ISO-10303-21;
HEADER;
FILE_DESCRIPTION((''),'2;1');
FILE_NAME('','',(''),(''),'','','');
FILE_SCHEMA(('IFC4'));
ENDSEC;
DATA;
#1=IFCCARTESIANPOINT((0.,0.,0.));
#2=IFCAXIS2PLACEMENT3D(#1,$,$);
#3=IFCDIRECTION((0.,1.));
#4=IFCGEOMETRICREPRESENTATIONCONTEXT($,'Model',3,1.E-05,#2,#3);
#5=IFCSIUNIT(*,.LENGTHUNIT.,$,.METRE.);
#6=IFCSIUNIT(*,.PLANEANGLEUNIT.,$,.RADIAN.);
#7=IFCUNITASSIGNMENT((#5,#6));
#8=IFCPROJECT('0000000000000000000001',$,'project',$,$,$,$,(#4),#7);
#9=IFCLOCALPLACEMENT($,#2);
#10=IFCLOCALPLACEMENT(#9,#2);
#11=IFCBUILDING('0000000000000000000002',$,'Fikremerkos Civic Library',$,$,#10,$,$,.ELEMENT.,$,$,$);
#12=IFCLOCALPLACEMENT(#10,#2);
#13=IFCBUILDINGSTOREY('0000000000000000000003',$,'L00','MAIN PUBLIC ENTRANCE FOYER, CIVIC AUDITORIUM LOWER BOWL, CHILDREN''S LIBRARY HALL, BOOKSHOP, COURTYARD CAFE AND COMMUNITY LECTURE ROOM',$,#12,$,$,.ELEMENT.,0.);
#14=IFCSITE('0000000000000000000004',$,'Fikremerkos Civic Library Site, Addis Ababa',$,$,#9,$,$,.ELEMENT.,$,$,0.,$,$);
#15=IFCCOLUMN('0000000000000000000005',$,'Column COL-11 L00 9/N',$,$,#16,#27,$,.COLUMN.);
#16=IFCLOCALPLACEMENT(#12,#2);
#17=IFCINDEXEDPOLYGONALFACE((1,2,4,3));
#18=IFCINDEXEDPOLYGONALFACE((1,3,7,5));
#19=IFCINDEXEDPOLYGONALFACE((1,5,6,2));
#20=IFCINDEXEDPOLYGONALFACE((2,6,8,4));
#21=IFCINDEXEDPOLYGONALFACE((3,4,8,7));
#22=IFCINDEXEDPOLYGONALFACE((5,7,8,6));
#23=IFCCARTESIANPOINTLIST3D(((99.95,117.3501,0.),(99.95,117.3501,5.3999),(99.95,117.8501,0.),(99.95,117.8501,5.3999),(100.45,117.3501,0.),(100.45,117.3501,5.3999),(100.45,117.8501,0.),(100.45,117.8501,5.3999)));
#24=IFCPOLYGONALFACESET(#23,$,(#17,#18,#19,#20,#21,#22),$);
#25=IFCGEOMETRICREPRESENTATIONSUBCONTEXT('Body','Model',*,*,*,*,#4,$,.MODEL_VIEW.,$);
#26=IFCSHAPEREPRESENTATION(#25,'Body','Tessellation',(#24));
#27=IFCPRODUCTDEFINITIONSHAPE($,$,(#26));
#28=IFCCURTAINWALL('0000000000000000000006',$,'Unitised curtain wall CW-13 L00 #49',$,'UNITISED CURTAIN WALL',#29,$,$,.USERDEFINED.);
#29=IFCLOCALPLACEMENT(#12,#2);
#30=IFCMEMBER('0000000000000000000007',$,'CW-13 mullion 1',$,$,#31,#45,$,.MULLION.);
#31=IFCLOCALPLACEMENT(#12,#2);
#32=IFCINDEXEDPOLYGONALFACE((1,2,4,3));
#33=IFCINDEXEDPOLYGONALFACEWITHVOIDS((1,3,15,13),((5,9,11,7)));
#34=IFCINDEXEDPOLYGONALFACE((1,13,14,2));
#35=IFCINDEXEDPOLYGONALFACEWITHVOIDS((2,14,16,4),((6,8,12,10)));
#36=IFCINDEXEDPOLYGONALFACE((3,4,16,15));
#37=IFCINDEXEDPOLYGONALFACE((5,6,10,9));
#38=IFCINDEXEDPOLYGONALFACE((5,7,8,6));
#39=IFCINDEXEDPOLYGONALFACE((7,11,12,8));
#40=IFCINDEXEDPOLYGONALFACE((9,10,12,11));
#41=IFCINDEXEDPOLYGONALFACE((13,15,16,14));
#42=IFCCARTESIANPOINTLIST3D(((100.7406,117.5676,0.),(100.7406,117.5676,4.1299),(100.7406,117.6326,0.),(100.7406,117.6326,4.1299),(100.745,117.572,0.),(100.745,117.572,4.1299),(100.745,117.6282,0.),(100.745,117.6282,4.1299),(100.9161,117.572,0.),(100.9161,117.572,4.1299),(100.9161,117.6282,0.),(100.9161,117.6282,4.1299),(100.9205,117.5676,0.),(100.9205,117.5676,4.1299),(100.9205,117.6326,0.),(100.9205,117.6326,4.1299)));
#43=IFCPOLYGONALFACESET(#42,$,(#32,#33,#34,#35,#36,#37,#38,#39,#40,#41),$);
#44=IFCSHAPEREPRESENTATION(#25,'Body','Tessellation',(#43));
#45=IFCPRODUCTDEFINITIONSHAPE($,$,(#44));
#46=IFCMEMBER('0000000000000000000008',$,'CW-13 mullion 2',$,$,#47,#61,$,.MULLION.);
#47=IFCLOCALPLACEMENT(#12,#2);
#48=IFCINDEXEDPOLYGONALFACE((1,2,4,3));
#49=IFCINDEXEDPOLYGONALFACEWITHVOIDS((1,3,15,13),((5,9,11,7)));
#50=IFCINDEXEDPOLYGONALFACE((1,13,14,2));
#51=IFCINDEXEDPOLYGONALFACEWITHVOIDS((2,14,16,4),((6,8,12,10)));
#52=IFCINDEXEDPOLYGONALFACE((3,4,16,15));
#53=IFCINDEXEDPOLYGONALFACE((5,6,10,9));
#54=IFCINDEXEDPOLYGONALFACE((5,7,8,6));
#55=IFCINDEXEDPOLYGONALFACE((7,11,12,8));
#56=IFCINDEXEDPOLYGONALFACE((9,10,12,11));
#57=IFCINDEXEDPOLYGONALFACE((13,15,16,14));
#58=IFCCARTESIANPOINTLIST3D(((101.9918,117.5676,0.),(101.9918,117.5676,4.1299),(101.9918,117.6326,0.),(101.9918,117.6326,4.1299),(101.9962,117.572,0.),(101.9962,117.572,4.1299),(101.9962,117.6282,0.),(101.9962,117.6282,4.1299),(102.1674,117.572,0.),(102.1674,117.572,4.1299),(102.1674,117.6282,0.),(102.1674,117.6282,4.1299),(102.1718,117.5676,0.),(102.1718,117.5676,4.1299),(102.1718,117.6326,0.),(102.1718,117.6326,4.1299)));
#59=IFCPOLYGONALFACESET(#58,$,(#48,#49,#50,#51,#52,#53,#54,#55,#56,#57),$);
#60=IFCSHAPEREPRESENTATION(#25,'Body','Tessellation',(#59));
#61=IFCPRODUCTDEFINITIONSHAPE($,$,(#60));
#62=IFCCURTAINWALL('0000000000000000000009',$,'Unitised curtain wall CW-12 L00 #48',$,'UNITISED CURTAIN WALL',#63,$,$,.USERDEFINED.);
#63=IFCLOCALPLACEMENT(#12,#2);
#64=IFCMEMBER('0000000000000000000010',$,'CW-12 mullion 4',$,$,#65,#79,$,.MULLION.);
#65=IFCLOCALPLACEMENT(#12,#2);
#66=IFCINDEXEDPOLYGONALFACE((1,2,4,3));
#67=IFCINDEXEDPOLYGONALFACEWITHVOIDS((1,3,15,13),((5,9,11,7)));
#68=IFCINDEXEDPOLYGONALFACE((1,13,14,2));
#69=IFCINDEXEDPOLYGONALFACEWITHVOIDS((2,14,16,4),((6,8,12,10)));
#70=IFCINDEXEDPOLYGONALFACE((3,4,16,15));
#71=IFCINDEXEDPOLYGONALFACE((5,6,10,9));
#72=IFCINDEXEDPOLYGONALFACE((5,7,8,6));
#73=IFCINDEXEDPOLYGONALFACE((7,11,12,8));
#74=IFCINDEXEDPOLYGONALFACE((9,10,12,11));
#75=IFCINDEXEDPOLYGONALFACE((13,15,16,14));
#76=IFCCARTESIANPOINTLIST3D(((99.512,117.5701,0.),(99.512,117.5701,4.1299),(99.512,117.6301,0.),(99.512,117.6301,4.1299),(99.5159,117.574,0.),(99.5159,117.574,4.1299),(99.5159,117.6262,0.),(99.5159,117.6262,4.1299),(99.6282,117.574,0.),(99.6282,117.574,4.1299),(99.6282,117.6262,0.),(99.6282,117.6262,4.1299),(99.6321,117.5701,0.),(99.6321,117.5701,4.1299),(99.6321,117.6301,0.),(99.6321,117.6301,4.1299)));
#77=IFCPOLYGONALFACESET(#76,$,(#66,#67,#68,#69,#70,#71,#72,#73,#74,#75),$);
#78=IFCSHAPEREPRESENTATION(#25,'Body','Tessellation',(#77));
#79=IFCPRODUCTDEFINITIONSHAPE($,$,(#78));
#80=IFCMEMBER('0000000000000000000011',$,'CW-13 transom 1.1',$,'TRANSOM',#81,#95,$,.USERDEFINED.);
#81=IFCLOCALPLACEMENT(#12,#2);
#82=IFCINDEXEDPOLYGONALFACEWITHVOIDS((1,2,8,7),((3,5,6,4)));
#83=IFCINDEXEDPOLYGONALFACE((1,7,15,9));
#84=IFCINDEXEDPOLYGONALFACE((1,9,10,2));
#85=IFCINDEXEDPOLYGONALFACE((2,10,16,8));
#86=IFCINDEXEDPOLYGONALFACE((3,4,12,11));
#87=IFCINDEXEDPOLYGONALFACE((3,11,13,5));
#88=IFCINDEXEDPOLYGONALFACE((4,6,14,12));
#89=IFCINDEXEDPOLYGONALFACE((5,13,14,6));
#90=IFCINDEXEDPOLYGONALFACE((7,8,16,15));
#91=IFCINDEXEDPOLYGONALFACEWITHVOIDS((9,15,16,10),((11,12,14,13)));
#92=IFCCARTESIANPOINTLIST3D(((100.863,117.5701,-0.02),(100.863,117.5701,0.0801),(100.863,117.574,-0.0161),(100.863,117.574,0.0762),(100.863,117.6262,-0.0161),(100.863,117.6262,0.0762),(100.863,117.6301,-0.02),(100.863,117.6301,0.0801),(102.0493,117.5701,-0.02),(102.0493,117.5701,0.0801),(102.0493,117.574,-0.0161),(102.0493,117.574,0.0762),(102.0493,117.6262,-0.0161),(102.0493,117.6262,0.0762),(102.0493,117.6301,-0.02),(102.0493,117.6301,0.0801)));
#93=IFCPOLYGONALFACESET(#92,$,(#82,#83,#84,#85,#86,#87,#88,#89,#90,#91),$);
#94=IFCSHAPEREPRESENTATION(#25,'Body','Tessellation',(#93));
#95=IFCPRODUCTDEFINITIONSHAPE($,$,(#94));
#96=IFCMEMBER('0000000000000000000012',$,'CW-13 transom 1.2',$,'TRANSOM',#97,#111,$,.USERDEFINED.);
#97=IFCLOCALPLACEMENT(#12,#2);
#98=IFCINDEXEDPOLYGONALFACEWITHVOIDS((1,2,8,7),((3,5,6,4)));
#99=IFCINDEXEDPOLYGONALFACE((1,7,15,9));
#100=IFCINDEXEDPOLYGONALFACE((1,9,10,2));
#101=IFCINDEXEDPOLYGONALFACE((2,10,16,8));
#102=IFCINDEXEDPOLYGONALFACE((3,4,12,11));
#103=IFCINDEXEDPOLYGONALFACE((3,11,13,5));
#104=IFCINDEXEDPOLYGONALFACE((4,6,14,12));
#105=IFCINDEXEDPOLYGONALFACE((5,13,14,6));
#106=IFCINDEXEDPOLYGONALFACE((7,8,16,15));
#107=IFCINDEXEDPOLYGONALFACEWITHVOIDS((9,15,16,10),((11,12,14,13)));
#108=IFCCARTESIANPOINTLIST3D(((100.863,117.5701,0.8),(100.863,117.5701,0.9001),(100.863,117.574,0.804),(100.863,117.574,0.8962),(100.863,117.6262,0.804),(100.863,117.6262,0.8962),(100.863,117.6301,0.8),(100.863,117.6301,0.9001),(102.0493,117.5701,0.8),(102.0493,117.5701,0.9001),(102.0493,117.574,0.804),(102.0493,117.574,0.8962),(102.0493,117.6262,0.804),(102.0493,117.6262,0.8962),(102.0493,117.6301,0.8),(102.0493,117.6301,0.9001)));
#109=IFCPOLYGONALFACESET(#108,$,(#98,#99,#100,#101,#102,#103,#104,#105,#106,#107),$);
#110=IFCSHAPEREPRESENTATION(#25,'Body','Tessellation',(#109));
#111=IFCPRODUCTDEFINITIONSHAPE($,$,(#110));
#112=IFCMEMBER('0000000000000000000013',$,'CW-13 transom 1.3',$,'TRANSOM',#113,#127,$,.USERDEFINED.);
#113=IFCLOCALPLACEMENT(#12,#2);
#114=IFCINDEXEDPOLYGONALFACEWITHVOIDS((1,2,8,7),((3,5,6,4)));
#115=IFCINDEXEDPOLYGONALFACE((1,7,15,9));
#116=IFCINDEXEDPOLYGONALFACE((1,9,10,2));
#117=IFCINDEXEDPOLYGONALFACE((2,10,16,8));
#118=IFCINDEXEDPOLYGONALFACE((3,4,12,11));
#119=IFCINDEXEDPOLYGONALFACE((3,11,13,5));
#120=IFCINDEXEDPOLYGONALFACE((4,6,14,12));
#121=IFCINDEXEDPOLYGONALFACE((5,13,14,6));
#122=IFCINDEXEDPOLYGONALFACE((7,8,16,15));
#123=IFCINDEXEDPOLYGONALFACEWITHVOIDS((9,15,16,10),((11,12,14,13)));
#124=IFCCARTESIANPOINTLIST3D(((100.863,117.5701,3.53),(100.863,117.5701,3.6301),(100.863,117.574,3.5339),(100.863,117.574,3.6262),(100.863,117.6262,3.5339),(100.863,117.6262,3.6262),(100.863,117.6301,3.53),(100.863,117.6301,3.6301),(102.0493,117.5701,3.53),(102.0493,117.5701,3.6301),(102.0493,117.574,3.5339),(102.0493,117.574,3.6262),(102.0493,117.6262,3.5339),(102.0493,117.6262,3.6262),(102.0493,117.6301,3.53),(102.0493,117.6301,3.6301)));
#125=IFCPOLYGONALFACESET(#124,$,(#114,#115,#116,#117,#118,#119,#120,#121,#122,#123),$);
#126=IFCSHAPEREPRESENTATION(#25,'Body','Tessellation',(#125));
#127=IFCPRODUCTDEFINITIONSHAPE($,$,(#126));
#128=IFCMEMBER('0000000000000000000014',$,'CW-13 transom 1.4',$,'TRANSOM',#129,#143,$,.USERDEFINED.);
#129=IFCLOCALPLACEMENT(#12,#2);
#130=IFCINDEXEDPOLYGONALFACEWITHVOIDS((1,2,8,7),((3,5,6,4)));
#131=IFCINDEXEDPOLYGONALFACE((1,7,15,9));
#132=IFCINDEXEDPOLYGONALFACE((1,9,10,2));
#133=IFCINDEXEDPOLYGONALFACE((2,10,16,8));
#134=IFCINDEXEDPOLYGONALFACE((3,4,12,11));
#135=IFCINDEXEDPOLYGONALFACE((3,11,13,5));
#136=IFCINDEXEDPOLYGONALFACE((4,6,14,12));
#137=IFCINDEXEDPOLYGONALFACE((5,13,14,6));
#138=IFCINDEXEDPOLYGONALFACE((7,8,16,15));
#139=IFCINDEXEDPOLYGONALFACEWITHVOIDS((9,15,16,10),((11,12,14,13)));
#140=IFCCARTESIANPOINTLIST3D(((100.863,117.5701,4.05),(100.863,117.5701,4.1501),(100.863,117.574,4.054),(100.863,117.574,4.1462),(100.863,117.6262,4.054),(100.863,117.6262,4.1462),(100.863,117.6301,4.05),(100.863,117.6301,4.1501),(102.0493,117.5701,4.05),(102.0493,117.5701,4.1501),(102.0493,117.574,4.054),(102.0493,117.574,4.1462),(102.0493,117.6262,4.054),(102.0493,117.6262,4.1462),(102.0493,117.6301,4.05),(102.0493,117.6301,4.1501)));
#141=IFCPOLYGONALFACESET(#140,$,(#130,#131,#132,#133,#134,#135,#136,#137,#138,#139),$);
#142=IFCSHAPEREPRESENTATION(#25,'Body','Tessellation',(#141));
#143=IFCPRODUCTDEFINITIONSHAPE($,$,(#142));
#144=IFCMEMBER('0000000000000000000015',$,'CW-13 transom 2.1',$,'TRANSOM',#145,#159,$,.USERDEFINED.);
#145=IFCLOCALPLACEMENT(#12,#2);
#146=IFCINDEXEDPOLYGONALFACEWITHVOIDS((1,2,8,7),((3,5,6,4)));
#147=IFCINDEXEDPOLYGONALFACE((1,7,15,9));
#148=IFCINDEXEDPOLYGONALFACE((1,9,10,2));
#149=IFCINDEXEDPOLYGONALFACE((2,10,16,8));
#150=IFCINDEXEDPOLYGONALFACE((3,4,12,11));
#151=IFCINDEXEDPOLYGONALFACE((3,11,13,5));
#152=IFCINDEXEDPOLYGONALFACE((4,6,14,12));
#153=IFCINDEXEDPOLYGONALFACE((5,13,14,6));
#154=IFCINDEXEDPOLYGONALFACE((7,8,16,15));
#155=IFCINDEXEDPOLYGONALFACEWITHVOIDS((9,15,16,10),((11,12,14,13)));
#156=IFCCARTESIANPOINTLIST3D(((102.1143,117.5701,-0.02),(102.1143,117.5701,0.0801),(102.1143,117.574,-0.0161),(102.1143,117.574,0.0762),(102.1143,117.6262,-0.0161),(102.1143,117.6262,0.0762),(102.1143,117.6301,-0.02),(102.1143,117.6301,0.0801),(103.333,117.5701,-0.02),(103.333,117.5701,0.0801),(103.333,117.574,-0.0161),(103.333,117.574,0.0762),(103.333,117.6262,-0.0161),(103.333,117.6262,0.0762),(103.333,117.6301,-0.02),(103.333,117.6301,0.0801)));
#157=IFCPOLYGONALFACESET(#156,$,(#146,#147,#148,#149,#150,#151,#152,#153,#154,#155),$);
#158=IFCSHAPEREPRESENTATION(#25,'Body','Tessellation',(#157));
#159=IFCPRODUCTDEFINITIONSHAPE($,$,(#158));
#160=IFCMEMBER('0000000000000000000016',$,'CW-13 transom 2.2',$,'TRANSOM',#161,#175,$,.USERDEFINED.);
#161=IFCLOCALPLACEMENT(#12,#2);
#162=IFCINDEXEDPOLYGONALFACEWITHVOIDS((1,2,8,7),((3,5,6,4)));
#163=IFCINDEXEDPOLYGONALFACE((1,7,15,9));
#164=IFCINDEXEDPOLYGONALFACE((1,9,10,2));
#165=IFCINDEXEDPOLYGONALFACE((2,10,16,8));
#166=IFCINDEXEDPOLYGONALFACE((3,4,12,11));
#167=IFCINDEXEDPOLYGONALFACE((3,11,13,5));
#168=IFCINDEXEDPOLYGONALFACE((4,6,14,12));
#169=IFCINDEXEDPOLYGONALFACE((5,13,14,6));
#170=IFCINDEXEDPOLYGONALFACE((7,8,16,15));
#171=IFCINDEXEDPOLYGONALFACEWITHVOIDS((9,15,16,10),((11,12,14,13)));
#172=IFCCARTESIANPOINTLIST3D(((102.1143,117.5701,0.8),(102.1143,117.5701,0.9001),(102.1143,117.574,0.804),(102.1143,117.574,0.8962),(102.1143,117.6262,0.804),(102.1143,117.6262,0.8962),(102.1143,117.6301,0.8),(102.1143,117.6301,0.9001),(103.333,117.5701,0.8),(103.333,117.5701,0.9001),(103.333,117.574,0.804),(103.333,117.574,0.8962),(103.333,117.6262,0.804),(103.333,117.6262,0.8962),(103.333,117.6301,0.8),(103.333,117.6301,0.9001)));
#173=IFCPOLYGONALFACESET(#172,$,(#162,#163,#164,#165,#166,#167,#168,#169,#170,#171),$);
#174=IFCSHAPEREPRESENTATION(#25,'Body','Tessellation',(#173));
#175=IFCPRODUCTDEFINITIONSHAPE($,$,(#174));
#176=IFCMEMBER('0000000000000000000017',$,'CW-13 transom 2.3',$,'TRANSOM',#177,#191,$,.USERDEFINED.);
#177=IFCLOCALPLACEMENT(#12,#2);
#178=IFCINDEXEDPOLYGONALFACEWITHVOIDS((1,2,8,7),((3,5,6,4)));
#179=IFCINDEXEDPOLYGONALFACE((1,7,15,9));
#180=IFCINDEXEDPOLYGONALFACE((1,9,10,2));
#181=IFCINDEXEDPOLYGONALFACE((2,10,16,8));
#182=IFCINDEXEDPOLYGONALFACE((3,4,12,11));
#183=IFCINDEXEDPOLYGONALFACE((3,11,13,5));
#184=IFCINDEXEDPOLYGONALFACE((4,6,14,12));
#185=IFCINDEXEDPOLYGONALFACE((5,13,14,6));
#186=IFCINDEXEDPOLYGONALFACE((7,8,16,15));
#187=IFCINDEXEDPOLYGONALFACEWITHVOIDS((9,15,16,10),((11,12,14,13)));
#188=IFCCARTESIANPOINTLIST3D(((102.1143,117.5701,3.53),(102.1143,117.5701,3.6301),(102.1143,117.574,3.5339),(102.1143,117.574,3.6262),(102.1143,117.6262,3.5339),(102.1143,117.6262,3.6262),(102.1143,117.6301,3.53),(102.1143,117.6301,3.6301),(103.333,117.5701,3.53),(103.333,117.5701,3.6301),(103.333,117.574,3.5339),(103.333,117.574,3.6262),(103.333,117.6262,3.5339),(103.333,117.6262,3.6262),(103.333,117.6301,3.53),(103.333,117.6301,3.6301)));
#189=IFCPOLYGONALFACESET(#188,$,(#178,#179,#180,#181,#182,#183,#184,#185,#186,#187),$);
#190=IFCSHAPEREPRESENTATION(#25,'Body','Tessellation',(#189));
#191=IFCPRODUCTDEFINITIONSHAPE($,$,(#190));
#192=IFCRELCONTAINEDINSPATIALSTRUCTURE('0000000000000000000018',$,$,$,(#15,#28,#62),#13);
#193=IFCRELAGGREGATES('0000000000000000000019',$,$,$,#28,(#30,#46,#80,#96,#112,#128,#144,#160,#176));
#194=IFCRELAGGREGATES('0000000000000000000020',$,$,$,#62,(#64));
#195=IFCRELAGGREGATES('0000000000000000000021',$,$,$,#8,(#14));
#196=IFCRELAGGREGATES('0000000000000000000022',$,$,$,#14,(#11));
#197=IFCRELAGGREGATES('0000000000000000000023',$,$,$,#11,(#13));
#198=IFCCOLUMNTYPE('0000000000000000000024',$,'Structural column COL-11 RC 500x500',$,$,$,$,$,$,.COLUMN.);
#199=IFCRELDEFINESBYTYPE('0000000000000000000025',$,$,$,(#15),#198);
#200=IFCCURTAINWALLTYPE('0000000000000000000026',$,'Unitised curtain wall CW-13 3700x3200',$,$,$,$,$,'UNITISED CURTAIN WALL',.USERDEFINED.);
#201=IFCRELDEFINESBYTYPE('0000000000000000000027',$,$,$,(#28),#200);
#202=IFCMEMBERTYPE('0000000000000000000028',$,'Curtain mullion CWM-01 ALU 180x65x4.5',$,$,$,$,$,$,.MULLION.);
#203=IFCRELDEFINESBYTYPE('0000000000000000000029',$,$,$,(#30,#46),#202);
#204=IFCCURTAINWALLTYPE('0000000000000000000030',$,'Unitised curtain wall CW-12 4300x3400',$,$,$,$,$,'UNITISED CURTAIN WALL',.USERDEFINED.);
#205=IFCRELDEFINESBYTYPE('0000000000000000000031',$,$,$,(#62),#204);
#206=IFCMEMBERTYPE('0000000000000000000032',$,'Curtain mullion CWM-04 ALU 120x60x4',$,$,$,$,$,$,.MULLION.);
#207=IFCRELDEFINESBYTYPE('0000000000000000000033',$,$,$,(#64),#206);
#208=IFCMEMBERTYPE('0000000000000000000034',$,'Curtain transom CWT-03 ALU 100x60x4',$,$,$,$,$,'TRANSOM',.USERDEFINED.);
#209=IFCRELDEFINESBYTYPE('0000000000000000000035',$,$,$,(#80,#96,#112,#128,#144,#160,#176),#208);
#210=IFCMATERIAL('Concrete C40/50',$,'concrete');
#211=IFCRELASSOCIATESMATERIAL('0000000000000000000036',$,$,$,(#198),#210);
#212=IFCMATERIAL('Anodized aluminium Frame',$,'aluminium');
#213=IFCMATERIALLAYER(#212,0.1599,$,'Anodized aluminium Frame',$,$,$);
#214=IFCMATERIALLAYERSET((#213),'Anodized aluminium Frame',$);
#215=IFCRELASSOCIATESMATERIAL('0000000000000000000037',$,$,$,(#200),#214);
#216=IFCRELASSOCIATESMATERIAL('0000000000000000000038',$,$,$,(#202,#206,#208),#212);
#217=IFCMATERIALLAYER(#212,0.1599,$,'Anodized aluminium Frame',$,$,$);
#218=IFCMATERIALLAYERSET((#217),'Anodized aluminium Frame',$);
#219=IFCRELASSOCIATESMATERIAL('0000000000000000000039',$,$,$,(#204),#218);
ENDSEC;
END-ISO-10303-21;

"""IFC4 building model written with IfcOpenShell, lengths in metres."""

from ifc_helpers import new_model, si_unit, direction, frame, origin, origin_2d, place, context, subcontext, project, spatial, rectangle, hollow_rectangle, extrude, material, layer, layer_set, material_profile, profile_set, type_object, element, aggregate, save


model = new_model("IFC4")

# Units and contexts
model_context = context("Model", 3, precision=1e-05, world=origin(), true_north=direction((0.0, 1.0)))
body_context = subcontext(model_context, "Body", "Model", "MODEL_VIEW")
ifc_project = project(units=[si_unit("LENGTHUNIT", "METRE"), si_unit("PLANEANGLEUNIT", "RADIAN")], contexts=[model_context])

# Site, building, storey
site_placement = place(None, origin())
site = spatial("IfcSite", under=ifc_project, at=site_placement, Name="Fikremerkos Civic Library Site, Addis Ababa", CompositionType="ELEMENT", RefElevation=0.0)
building_placement = place(site_placement, origin())
building = spatial("IfcBuilding", under=site, at=building_placement, Name="Fikremerkos Civic Library", CompositionType="ELEMENT")
storey_placement = place(building_placement, origin())
storey = spatial("IfcBuildingStorey", under=building, at=storey_placement, Name="L00", Description="MAIN PUBLIC ENTRANCE FOYER, CIVIC AUDITORIUM LOWER BOWL, CHILDREN'S LIBRARY HALL, BOOKSHOP, COURTYARD CAFE AND COMMUNITY LECTURE ROOM", CompositionType="ELEMENT", Elevation=0.0)

# Column
ifc_material_1 = material(Name="Concrete C40/50", Category="concrete")
ifc_material_profile_1 = material_profile(ifc_material_1, rectangle(XDim=0.5, YDim=0.5, at=origin_2d()), Name="RC 500x500")
ifc_profile_set_1 = profile_set([ifc_material_profile_1], Name="Concrete C40/50")
column_type = type_object("IfcColumnType", Name="Structural column COL-11 RC 500x500", PredefinedType="COLUMN", material=ifc_profile_set_1)
column_placement = place(storey_placement, frame((100.2, 117.6001, 0.0), z_axis=(0.0, 0.0, 1.0), x_axis=(1.0, 0.0, 0.0)))
element("IfcColumn", 1, at=column_placement, inside=storey, type_object=column_type, Name="Column COL-11 L00 9/N", PredefinedType="COLUMN", context=body_context, shape_type="SweptSolid", body=[
    extrude(rectangle(XDim=0.5, YDim=0.5, at=origin_2d()), origin(), (0.0, 0.0, 1.0), 5.3999),
])

# Curtain wall, members
ifc_material_2 = material(Name="Anodized aluminium Frame", Category="aluminium")
ifc_layer_1 = layer(ifc_material_2, 0.1599, Name="Anodized aluminium Frame")
ifc_layer_set_1 = layer_set([ifc_layer_1], Name="Anodized aluminium Frame")
curtain_wall_type_1 = type_object("IfcCurtainWallType", Name="Unitised curtain wall CW-13 3700x3200", ElementType="UNITISED CURTAIN WALL", PredefinedType="USERDEFINED", material=ifc_layer_set_1)
curtain_wall_1_placement = place(storey_placement, origin())
curtain_wall_1 = element("IfcCurtainWall", 2, at=curtain_wall_1_placement, inside=storey, type_object=curtain_wall_type_1, Name="Unitised curtain wall CW-13 L00 #49", ObjectType="UNITISED CURTAIN WALL", PredefinedType="USERDEFINED")
ifc_material_profile_2 = material_profile(ifc_material_2, hollow_rectangle(XDim=0.0649, YDim=0.1799, WallThickness=0.0044, at=origin_2d()), Name="ALU 180x65x4.5")
ifc_profile_set_2 = profile_set([ifc_material_profile_2], Name="Anodized aluminium Frame")
member_type_1 = type_object("IfcMemberType", Name="Curtain mullion CWM-01 ALU 180x65x4.5", PredefinedType="MULLION", material=ifc_profile_set_2)
member_1_placement = place(storey_placement, frame((100.8306, 117.6001, 0.0), z_axis=(0.0, 0.0, 1.0), x_axis=(0.0, 1.0, 0.0)))
member_1 = element("IfcMember", 3, at=member_1_placement, type_object=member_type_1, Name="CW-13 mullion 1", PredefinedType="MULLION", context=body_context, shape_type="SweptSolid", body=[
    extrude(hollow_rectangle(XDim=0.0649, YDim=0.1799, WallThickness=0.0044, at=origin_2d()), origin(), (0.0, 0.0, 1.0), 4.1299),
])
member_2_placement = place(storey_placement, frame((102.0818, 117.6001, 0.0), z_axis=(0.0, 0.0, 1.0), x_axis=(0.0, 1.0, 0.0)))
member_2 = element("IfcMember", 4, at=member_2_placement, type_object=member_type_1, Name="CW-13 mullion 2", PredefinedType="MULLION", context=body_context, shape_type="SweptSolid", body=[
    extrude(hollow_rectangle(XDim=0.0649, YDim=0.1799, WallThickness=0.0044, at=origin_2d()), origin(), (0.0, 0.0, 1.0), 4.1299),
])

# Curtain wall, member
ifc_layer_2 = layer(ifc_material_2, 0.1599, Name="Anodized aluminium Frame")
ifc_layer_set_2 = layer_set([ifc_layer_2], Name="Anodized aluminium Frame")
curtain_wall_type_2 = type_object("IfcCurtainWallType", Name="Unitised curtain wall CW-12 4300x3400", ElementType="UNITISED CURTAIN WALL", PredefinedType="USERDEFINED", material=ifc_layer_set_2)
curtain_wall_2_placement = place(storey_placement, origin())
curtain_wall_2 = element("IfcCurtainWall", 5, at=curtain_wall_2_placement, inside=storey, type_object=curtain_wall_type_2, Name="Unitised curtain wall CW-12 L00 #48", ObjectType="UNITISED CURTAIN WALL", PredefinedType="USERDEFINED")
ifc_material_profile_3 = material_profile(ifc_material_2, hollow_rectangle(XDim=0.0601, YDim=0.1201, WallThickness=0.0039, at=origin_2d()), Name="ALU 120x60x4")
ifc_profile_set_3 = profile_set([ifc_material_profile_3], Name="Anodized aluminium Frame")
member_type_2 = type_object("IfcMemberType", Name="Curtain mullion CWM-04 ALU 120x60x4", PredefinedType="MULLION", material=ifc_profile_set_3)
member_3_placement = place(storey_placement, frame((99.572, 117.6001, 0.0), z_axis=(0.0, 0.0, 1.0), x_axis=(0.0, 1.0, 0.0)))
member_3 = element("IfcMember", 6, at=member_3_placement, type_object=member_type_2, Name="CW-12 mullion 4", PredefinedType="MULLION", context=body_context, shape_type="SweptSolid", body=[
    extrude(hollow_rectangle(XDim=0.0601, YDim=0.1201, WallThickness=0.0039, at=origin_2d()), origin(), (0.0, 0.0, 1.0), 4.1299),
])

# Members
ifc_material_profile_4 = material_profile(ifc_material_2, hollow_rectangle(XDim=0.0601, YDim=0.1001, WallThickness=0.0039, at=origin_2d()), Name="ALU 100x60x4")
ifc_profile_set_4 = profile_set([ifc_material_profile_4], Name="Anodized aluminium Frame")
member_type_3 = type_object("IfcMemberType", Name="Curtain transom CWT-03 ALU 100x60x4", ElementType="TRANSOM", PredefinedType="USERDEFINED", material=ifc_profile_set_4)
member_4_placement = place(storey_placement, frame((100.863, 117.6001, 0.03), z_axis=(1.0, 0.0, 0.0), x_axis=(0.0, 1.0, 0.0)))
member_4 = element("IfcMember", 7, at=member_4_placement, type_object=member_type_3, Name="CW-13 transom 1.1", ObjectType="TRANSOM", PredefinedType="USERDEFINED", context=body_context, shape_type="SweptSolid", body=[
    extrude(hollow_rectangle(XDim=0.0601, YDim=0.1001, WallThickness=0.0039, at=origin_2d()), origin(), (0.0, 0.0, 1.0), 1.1863),
])
member_5_placement = place(storey_placement, frame((100.863, 117.6001, 0.8501), z_axis=(1.0, 0.0, 0.0), x_axis=(0.0, 1.0, 0.0)))
member_5 = element("IfcMember", 8, at=member_5_placement, type_object=member_type_3, Name="CW-13 transom 1.2", ObjectType="TRANSOM", PredefinedType="USERDEFINED", context=body_context, shape_type="SweptSolid", body=[
    extrude(hollow_rectangle(XDim=0.0601, YDim=0.1001, WallThickness=0.0039, at=origin_2d()), origin(), (0.0, 0.0, 1.0), 1.1863),
])
member_6_placement = place(storey_placement, frame((100.863, 117.6001, 3.5801), z_axis=(1.0, 0.0, 0.0), x_axis=(0.0, 1.0, 0.0)))
member_6 = element("IfcMember", 9, at=member_6_placement, type_object=member_type_3, Name="CW-13 transom 1.3", ObjectType="TRANSOM", PredefinedType="USERDEFINED", context=body_context, shape_type="SweptSolid", body=[
    extrude(hollow_rectangle(XDim=0.0601, YDim=0.1001, WallThickness=0.0039, at=origin_2d()), origin(), (0.0, 0.0, 1.0), 1.1863),
])
member_7_placement = place(storey_placement, frame((100.863, 117.6001, 4.1001), z_axis=(1.0, 0.0, 0.0), x_axis=(0.0, 1.0, 0.0)))
member_7 = element("IfcMember", 10, at=member_7_placement, type_object=member_type_3, Name="CW-13 transom 1.4", ObjectType="TRANSOM", PredefinedType="USERDEFINED", context=body_context, shape_type="SweptSolid", body=[
    extrude(hollow_rectangle(XDim=0.0601, YDim=0.1001, WallThickness=0.0039, at=origin_2d()), origin(), (0.0, 0.0, 1.0), 1.1863),
])
member_8_placement = place(storey_placement, frame((102.1143, 117.6001, 0.03), z_axis=(1.0, 0.0, 0.0), x_axis=(0.0, 1.0, 0.0)))
member_8 = element("IfcMember", 11, at=member_8_placement, type_object=member_type_3, Name="CW-13 transom 2.1", ObjectType="TRANSOM", PredefinedType="USERDEFINED", context=body_context, shape_type="SweptSolid", body=[
    extrude(hollow_rectangle(XDim=0.0601, YDim=0.1001, WallThickness=0.0039, at=origin_2d()), origin(), (0.0, 0.0, 1.0), 1.2188),
])
member_9_placement = place(storey_placement, frame((102.1143, 117.6001, 0.8501), z_axis=(1.0, 0.0, 0.0), x_axis=(0.0, 1.0, 0.0)))
member_9 = element("IfcMember", 12, at=member_9_placement, type_object=member_type_3, Name="CW-13 transom 2.2", ObjectType="TRANSOM", PredefinedType="USERDEFINED", context=body_context, shape_type="SweptSolid", body=[
    extrude(hollow_rectangle(XDim=0.0601, YDim=0.1001, WallThickness=0.0039, at=origin_2d()), origin(), (0.0, 0.0, 1.0), 1.2188),
])
member_10_placement = place(storey_placement, frame((102.1143, 117.6001, 3.5801), z_axis=(1.0, 0.0, 0.0), x_axis=(0.0, 1.0, 0.0)))
member_10 = element("IfcMember", 13, at=member_10_placement, type_object=member_type_3, Name="CW-13 transom 2.3", ObjectType="TRANSOM", PredefinedType="USERDEFINED", context=body_context, shape_type="SweptSolid", body=[
    extrude(hollow_rectangle(XDim=0.0601, YDim=0.1001, WallThickness=0.0039, at=origin_2d()), origin(), (0.0, 0.0, 1.0), 1.2188),
])

aggregate(curtain_wall_1, [member_1, member_2, member_4, member_5, member_6, member_7, member_8, member_9, member_10])
aggregate(curtain_wall_2, [member_3])

save(model, "model.ifc")
